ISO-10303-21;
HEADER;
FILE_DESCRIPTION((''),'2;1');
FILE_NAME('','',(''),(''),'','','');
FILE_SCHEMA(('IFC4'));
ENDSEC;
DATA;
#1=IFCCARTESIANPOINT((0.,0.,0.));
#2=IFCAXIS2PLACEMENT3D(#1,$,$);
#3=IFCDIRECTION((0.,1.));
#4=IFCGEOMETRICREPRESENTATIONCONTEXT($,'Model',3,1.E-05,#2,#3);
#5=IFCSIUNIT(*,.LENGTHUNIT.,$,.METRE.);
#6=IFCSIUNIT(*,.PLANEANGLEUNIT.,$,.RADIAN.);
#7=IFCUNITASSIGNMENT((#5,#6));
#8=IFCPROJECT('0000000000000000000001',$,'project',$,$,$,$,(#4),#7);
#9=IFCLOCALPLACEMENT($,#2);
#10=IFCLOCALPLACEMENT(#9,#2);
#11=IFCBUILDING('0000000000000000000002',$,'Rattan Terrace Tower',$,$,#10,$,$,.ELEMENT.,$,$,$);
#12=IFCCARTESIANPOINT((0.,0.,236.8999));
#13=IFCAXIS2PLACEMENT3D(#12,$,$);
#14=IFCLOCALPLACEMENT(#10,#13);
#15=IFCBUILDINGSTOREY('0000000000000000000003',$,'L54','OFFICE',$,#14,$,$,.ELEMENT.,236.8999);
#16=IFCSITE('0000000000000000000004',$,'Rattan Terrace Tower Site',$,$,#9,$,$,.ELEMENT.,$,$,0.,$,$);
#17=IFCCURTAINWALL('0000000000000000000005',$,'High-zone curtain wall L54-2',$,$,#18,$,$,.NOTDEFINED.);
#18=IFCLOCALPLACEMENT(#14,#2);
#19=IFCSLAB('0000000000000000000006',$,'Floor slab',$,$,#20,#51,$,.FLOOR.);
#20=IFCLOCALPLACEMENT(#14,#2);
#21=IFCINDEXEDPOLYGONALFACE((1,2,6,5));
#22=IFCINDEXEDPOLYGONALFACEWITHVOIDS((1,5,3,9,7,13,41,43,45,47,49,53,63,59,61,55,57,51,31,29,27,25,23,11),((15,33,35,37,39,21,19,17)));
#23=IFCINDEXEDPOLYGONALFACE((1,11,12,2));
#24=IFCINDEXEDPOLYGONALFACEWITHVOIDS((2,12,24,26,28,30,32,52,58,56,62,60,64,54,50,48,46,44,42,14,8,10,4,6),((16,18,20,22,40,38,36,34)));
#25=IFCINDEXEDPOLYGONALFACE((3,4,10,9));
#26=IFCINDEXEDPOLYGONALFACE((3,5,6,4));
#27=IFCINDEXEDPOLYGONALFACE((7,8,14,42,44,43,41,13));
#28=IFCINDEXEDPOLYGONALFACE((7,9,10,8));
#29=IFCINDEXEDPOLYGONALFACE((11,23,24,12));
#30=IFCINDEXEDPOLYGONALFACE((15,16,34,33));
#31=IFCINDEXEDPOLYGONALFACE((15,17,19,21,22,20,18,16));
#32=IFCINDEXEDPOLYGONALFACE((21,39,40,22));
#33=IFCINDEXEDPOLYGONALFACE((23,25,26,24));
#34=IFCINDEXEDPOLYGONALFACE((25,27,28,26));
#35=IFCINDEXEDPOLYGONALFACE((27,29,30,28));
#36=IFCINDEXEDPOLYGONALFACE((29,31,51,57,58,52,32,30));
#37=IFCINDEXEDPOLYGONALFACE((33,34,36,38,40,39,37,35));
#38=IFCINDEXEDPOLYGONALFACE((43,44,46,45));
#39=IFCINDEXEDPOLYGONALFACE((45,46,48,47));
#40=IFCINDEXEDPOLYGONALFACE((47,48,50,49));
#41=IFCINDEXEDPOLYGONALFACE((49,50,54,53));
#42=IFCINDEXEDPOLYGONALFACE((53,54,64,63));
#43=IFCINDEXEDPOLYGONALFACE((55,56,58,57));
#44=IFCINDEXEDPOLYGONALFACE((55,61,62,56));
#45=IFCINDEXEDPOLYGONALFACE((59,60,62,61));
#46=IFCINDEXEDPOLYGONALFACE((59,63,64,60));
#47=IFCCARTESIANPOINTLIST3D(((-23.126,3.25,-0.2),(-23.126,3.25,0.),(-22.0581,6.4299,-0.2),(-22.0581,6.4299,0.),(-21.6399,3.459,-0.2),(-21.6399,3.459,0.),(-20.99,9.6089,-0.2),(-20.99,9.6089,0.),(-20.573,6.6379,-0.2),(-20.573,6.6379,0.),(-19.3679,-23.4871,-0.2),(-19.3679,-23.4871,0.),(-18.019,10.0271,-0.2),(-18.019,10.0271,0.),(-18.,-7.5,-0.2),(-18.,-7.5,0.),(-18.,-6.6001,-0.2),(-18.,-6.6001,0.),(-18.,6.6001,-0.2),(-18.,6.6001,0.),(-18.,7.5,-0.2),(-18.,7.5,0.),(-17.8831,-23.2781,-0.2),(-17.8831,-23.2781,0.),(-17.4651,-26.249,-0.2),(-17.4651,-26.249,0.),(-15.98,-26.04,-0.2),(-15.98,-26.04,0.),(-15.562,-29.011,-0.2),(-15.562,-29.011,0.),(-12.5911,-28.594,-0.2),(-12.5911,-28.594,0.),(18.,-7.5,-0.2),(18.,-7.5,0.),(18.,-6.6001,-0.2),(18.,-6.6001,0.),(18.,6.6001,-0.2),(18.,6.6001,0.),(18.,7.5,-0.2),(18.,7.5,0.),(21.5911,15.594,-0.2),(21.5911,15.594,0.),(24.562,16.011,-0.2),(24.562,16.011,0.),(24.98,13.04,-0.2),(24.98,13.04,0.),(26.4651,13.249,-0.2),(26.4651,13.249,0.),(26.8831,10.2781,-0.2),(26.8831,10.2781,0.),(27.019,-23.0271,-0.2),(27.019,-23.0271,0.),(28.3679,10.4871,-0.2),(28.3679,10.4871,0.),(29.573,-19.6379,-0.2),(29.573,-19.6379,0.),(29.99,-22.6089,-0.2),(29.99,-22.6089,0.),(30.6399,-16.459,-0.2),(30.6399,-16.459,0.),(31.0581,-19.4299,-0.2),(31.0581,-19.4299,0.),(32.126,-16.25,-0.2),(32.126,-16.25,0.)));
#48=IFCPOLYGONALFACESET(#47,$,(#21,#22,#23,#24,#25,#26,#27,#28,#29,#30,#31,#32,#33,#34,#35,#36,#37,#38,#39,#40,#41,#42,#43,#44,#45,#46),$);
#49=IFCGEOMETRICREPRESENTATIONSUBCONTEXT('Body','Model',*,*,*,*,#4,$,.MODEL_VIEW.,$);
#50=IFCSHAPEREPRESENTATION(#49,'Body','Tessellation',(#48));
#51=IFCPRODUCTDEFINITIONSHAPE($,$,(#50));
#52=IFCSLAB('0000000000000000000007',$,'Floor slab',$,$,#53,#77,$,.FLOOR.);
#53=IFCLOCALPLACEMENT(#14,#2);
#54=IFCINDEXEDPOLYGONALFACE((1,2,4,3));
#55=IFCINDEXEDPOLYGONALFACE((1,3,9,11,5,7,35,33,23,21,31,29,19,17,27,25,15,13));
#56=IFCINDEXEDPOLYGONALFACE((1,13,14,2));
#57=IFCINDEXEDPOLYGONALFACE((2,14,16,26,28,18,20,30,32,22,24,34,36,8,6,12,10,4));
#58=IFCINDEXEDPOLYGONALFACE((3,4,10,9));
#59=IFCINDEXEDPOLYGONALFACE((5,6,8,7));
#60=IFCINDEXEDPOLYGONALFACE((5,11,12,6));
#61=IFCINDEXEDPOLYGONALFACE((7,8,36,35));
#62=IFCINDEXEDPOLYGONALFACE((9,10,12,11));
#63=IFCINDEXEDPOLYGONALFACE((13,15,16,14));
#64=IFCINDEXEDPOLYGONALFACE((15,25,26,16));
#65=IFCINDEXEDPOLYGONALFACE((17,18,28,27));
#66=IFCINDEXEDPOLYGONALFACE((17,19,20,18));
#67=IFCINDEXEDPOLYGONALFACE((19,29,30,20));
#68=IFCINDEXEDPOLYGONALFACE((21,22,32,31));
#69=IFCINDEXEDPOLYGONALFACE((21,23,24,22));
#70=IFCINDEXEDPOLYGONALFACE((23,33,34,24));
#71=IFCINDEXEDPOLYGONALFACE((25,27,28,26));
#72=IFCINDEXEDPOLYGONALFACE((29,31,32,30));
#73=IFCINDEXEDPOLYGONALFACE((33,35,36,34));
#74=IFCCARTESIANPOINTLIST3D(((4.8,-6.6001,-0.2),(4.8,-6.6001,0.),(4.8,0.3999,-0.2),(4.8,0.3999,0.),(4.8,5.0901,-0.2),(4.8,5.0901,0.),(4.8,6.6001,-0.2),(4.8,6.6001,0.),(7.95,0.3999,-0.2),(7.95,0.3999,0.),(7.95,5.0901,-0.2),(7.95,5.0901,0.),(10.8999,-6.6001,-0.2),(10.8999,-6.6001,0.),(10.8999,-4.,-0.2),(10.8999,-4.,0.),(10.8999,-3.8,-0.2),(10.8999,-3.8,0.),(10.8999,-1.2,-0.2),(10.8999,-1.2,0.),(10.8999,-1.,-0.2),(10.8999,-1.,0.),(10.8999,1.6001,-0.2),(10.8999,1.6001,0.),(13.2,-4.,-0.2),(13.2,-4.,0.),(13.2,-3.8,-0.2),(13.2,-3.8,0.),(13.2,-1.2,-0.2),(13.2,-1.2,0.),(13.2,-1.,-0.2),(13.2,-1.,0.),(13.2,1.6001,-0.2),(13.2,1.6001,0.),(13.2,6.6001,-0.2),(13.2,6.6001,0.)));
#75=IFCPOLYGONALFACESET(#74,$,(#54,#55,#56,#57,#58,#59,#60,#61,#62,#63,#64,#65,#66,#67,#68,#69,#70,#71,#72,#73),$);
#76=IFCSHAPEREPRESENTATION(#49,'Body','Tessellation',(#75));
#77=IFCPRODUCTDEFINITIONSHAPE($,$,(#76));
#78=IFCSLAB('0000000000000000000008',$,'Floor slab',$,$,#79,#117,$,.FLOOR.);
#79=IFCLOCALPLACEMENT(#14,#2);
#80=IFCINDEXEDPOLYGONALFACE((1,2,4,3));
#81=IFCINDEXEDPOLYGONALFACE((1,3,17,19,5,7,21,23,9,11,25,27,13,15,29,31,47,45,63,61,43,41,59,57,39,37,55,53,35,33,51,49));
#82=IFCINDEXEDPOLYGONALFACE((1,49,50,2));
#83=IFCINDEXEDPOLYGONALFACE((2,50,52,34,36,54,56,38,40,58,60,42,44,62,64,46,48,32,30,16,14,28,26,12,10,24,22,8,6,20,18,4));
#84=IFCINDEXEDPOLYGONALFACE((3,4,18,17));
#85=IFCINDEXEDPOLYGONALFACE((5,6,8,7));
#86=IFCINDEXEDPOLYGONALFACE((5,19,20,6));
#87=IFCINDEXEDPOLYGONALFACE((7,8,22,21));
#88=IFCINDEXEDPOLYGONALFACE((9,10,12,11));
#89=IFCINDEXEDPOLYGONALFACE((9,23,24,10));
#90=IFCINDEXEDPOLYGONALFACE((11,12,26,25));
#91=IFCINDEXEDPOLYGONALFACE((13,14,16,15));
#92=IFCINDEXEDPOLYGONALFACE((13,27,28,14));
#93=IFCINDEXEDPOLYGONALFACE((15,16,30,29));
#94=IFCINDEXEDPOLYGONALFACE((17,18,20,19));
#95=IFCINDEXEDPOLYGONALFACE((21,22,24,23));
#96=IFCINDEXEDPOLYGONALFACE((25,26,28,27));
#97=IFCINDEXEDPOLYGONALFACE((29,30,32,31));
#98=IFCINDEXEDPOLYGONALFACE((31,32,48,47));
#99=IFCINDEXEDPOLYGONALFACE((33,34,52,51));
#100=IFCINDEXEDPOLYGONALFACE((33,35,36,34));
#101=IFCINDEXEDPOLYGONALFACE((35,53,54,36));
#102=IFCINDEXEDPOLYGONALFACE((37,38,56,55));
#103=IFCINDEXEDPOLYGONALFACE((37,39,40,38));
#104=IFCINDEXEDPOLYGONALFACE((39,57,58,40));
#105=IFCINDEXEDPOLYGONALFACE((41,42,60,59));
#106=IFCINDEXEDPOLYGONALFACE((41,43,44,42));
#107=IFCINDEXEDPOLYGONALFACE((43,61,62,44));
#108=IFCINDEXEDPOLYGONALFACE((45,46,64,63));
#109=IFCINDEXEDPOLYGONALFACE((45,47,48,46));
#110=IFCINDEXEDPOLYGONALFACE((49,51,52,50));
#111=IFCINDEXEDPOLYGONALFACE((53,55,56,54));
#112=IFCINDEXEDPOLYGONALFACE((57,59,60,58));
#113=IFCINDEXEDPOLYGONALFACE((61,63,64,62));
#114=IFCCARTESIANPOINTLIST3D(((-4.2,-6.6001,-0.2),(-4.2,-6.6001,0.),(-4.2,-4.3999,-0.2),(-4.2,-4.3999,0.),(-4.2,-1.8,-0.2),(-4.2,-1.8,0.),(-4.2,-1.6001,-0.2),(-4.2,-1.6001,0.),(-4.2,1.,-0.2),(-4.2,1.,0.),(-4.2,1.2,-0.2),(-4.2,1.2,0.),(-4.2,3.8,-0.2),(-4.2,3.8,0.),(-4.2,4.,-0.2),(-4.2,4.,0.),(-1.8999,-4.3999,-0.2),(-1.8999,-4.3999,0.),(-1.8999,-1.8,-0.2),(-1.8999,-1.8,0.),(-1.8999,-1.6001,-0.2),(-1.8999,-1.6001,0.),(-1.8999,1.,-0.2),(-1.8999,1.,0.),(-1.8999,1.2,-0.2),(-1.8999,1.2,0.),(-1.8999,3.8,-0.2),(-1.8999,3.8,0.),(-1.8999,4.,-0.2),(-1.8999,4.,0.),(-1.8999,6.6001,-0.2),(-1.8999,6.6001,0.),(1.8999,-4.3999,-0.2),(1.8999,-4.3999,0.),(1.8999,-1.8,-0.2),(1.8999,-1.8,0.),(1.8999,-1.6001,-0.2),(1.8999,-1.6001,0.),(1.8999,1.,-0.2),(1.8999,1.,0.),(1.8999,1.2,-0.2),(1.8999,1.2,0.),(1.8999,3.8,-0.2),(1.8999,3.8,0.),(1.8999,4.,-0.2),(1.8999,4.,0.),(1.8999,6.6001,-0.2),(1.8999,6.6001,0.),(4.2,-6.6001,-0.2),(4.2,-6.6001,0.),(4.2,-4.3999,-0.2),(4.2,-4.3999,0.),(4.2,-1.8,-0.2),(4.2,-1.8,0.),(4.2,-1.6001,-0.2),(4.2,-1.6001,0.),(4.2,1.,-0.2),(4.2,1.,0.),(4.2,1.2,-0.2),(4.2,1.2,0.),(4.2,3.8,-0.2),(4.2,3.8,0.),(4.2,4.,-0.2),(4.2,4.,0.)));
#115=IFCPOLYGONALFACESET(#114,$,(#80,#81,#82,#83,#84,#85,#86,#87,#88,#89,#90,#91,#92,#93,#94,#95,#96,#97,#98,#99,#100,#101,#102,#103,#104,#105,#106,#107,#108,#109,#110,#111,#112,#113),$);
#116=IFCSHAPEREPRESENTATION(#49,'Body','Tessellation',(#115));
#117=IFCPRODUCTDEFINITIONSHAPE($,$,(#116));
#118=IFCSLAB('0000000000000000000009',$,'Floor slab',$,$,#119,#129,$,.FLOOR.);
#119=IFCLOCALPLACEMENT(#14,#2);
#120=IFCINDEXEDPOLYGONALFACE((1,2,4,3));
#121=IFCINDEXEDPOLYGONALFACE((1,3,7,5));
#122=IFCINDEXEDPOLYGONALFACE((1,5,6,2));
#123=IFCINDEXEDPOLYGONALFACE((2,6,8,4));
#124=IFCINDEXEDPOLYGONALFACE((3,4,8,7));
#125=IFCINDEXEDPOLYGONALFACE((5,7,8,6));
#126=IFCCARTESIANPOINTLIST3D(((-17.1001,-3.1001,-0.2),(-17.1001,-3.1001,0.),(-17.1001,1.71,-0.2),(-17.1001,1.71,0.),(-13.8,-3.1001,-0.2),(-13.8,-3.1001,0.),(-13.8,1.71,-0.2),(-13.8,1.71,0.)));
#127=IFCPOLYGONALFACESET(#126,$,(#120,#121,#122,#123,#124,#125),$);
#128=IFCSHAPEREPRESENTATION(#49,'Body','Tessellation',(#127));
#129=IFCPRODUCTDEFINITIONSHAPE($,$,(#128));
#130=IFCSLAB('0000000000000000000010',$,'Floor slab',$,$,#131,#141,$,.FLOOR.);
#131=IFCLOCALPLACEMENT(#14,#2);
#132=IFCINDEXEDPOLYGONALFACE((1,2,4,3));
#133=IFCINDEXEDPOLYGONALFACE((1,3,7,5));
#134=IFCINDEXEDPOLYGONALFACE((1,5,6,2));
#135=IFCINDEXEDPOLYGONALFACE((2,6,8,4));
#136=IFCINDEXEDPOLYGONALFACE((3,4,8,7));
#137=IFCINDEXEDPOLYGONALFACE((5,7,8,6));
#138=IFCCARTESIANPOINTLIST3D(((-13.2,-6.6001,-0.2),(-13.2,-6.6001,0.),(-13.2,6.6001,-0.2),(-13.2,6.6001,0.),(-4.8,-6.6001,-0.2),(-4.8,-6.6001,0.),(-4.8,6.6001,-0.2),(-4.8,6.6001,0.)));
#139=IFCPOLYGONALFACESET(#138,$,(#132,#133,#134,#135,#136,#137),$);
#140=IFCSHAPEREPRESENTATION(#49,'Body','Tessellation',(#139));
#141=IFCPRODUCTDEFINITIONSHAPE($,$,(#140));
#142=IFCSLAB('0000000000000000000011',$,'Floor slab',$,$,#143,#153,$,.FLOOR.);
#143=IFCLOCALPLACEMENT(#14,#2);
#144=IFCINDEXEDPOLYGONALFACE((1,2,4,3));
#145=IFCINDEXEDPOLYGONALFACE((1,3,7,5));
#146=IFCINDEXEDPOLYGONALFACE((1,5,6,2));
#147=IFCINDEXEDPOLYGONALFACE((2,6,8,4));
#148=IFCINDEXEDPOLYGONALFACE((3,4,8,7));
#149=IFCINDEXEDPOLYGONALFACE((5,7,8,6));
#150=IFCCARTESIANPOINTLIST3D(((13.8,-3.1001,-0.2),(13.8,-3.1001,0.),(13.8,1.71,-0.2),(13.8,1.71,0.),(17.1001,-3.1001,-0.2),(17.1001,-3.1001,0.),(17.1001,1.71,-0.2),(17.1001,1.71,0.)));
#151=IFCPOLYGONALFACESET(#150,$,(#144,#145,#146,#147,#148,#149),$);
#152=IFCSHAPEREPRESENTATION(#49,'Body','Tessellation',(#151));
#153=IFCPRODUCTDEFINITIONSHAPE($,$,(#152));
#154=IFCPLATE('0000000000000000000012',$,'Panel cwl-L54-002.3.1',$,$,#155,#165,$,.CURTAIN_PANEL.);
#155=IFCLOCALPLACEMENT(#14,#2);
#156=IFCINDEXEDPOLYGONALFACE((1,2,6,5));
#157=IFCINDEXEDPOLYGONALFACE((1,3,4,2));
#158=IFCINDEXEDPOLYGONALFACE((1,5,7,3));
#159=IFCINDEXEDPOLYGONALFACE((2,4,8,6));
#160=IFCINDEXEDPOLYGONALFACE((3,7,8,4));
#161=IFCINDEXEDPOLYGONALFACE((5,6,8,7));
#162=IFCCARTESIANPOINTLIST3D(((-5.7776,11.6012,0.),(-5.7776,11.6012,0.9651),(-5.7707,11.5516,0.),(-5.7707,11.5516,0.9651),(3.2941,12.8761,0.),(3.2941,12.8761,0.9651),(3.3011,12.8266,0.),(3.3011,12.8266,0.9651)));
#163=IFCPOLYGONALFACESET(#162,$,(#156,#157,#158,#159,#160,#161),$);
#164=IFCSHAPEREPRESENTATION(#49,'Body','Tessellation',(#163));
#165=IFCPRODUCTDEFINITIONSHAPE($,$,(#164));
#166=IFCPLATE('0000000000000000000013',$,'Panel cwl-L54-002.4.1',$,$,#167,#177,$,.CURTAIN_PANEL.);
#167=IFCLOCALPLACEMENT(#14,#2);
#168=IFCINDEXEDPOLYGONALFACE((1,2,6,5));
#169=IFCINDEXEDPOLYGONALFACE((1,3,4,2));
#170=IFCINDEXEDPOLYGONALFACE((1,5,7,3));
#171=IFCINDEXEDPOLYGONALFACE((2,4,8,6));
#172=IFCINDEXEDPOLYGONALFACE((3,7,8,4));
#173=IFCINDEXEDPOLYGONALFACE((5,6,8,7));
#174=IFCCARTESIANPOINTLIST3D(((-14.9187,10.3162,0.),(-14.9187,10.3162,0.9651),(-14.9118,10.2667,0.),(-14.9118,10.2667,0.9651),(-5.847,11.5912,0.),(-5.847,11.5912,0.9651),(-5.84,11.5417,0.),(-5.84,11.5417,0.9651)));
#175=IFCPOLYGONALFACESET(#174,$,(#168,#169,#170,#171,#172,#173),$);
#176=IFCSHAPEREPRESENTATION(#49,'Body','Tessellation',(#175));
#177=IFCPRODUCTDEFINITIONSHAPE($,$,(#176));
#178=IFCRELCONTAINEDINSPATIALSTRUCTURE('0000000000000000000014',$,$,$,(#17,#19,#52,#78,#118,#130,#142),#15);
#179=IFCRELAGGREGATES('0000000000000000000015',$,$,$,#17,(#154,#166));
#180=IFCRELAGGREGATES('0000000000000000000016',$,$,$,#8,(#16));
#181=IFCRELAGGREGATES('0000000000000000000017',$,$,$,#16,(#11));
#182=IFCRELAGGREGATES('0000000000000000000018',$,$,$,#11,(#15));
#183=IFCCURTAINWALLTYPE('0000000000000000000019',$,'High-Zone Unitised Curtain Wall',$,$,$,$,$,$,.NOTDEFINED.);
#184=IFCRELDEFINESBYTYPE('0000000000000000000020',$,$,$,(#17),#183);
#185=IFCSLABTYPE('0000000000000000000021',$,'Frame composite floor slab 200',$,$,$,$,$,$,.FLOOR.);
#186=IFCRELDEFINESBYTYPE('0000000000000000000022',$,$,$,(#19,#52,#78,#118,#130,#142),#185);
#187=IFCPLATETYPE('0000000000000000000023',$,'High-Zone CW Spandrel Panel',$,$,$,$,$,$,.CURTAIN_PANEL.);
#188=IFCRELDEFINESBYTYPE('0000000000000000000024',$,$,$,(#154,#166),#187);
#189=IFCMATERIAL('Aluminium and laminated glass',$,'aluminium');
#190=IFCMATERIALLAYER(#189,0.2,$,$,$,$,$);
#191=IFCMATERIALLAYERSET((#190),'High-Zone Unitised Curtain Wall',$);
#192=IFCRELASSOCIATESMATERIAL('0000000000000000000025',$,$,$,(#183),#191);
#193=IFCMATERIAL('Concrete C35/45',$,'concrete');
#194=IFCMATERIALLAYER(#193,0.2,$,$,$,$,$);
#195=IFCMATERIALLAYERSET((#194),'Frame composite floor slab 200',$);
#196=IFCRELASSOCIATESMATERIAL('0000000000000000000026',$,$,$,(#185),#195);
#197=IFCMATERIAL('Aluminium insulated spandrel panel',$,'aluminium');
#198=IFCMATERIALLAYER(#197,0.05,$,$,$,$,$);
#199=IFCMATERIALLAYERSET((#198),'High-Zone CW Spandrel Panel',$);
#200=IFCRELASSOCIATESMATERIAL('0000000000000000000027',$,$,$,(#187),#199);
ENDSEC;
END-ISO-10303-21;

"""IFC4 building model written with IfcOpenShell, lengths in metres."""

from ifc_helpers import new_model, si_unit, direction, frame, origin, origin_2d, place, context, subcontext, project, spatial, polyline, rectangle, outline, extrude, material, layer, layer_set, type_object, element, aggregate, save


model = new_model("IFC4")

# Units and contexts
model_context = context("Model", 3, precision=1e-05, world=origin(), true_north=direction((0.0, 1.0)))
body_context = subcontext(model_context, "Body", "Model", "MODEL_VIEW")
ifc_project = project(units=[si_unit("LENGTHUNIT", "METRE"), si_unit("PLANEANGLEUNIT", "RADIAN")], contexts=[model_context])

# Site, building, storey
site_placement = place(None, origin())
site = spatial("IfcSite", under=ifc_project, at=site_placement, Name="Rattan Terrace Tower Site", CompositionType="ELEMENT", RefElevation=0.0)
building_placement = place(site_placement, origin())
building = spatial("IfcBuilding", under=site, at=building_placement, Name="Rattan Terrace Tower", CompositionType="ELEMENT")
storey_placement = place(building_placement, frame((0.0, 0.0, 236.8999)))
storey = spatial("IfcBuildingStorey", under=building, at=storey_placement, Name="L54", Description="OFFICE", CompositionType="ELEMENT", Elevation=236.8999)

# Curtain wall
ifc_material_1 = material(Name="Aluminium and laminated glass", Category="aluminium")
ifc_layer_1 = layer(ifc_material_1, 0.2)
ifc_layer_set_1 = layer_set([ifc_layer_1], Name="High-Zone Unitised Curtain Wall")
curtain_wall_type = type_object("IfcCurtainWallType", Name="High-Zone Unitised Curtain Wall", PredefinedType="NOTDEFINED", material=ifc_layer_set_1)
curtain_wall_placement = place(storey_placement, origin())
curtain_wall = element("IfcCurtainWall", 1, at=curtain_wall_placement, inside=storey, type_object=curtain_wall_type, Name="High-zone curtain wall L54-2", PredefinedType="NOTDEFINED")

# Slabs
ifc_material_2 = material(Name="Concrete C35/45", Category="concrete")
ifc_layer_2 = layer(ifc_material_2, 0.2)
ifc_layer_set_2 = layer_set([ifc_layer_2], Name="Frame composite floor slab 200")
slab_type_1 = type_object("IfcSlabType", Name="Frame composite floor slab 200", PredefinedType="FLOOR", material=ifc_layer_set_2)
slab_1_placement = place(storey_placement, frame((0.0, 0.0, -0.2)))
element("IfcSlab", 2, at=slab_1_placement, inside=storey, type_object=slab_type_1, Name="Floor slab", PredefinedType="FLOOR", context=body_context, shape_type="SweptSolid", body=[
    extrude(outline(polyline([(-12.5911, -28.594), (27.019, -23.0271), (29.99, -22.6089), (29.573, -19.6379), (31.0581, -19.4299), (30.6399, -16.459), (32.126, -16.25), (28.3679, 10.4871), (26.8831, 10.2781), (26.4651, 13.249), (24.98, 13.04), (24.562, 16.011), (21.5911, 15.594), (-18.019, 10.0271), (-20.99, 9.6089), (-20.573, 6.6379), (-22.0581, 6.4299), (-21.6399, 3.459), (-23.126, 3.25), (-19.3679, -23.4871), (-17.8831, -23.2781), (-17.4651, -26.249), (-15.98, -26.04), (-15.562, -29.011), (-12.5911, -28.594)]), holes=[polyline([(-18.0, -7.5), (18.0, -7.5), (18.0, -6.6001), (18.0, 6.6001), (18.0, 7.5), (-18.0, 7.5), (-18.0, 6.6001), (-18.0, -6.6001), (-18.0, -7.5)])]), origin(), (0.0, 0.0, 1.0), 0.2),
])
slab_2_placement = place(storey_placement, frame((0.0, 0.0, -0.2)))
element("IfcSlab", 3, at=slab_2_placement, inside=storey, type_object=slab_type_1, Name="Floor slab", PredefinedType="FLOOR", context=body_context, shape_type="SweptSolid", body=[
    extrude(outline(polyline([(13.2, 6.6001), (4.8, 6.6001), (4.8, 5.0901), (7.95, 5.0901), (7.95, 0.3999), (4.8, 0.3999), (4.8, -6.6001), (10.8999, -6.6001), (10.8999, -4.0), (13.2, -4.0), (13.2, -3.8), (10.8999, -3.8), (10.8999, -1.2), (13.2, -1.2), (13.2, -1.0), (10.8999, -1.0), (10.8999, 1.6001), (13.2, 1.6001), (13.2, 6.6001)])), origin(), (0.0, 0.0, 1.0), 0.2),
])
slab_3_placement = place(storey_placement, frame((0.0, 0.0, -0.2)))
element("IfcSlab", 4, at=slab_3_placement, inside=storey, type_object=slab_type_1, Name="Floor slab", PredefinedType="FLOOR", context=body_context, shape_type="SweptSolid", body=[
    extrude(outline(polyline([(1.8999, 6.6001), (-1.8999, 6.6001), (-1.8999, 4.0), (-4.2, 4.0), (-4.2, 3.8), (-1.8999, 3.8), (-1.8999, 1.2), (-4.2, 1.2), (-4.2, 1.0), (-1.8999, 1.0), (-1.8999, -1.6001), (-4.2, -1.6001), (-4.2, -1.8), (-1.8999, -1.8), (-1.8999, -4.3999), (-4.2, -4.3999), (-4.2, -6.6001), (4.2, -6.6001), (4.2, -4.3999), (1.8999, -4.3999), (1.8999, -1.8), (4.2, -1.8), (4.2, -1.6001), (1.8999, -1.6001), (1.8999, 1.0), (4.2, 1.0), (4.2, 1.2), (1.8999, 1.2), (1.8999, 3.8), (4.2, 3.8), (4.2, 4.0), (1.8999, 4.0), (1.8999, 6.6001)])), origin(), (0.0, 0.0, 1.0), 0.2),
])
slab_4_placement = place(storey_placement, frame((0.0, 0.0, -0.2)))
element("IfcSlab", 5, at=slab_4_placement, inside=storey, type_object=slab_type_1, Name="Floor slab", PredefinedType="FLOOR", context=body_context, shape_type="SweptSolid", body=[
    extrude(outline(polyline([(-17.1001, -3.1001), (-13.8, -3.1001), (-13.8, 1.71), (-17.1001, 1.71), (-17.1001, -3.1001)])), origin(), (0.0, 0.0, 1.0), 0.2),
])
slab_5_placement = place(storey_placement, frame((0.0, 0.0, -0.2)))
element("IfcSlab", 6, at=slab_5_placement, inside=storey, type_object=slab_type_1, Name="Floor slab", PredefinedType="FLOOR", context=body_context, shape_type="SweptSolid", body=[
    extrude(outline(polyline([(-4.8, -6.6001), (-4.8, 6.6001), (-13.2, 6.6001), (-13.2, -6.6001), (-4.8, -6.6001)])), origin(), (0.0, 0.0, 1.0), 0.2),
])
slab_6_placement = place(storey_placement, frame((0.0, 0.0, -0.2)))
element("IfcSlab", 7, at=slab_6_placement, inside=storey, type_object=slab_type_1, Name="Floor slab", PredefinedType="FLOOR", context=body_context, shape_type="SweptSolid", body=[
    extrude(outline(polyline([(13.8, -3.1001), (17.1001, -3.1001), (17.1001, 1.71), (13.8, 1.71), (13.8, -3.1001)])), origin(), (0.0, 0.0, 1.0), 0.2),
])

# Plates
ifc_material_3 = material(Name="Aluminium insulated spandrel panel", Category="aluminium")
ifc_layer_3 = layer(ifc_material_3, 0.05)
ifc_layer_set_3 = layer_set([ifc_layer_3], Name="High-Zone CW Spandrel Panel")
plate_type_1 = type_object("IfcPlateType", Name="High-Zone CW Spandrel Panel", PredefinedType="CURTAIN_PANEL", material=ifc_layer_set_3)
plate_1_placement = place(storey_placement, frame((-1.2383, 12.2139, 0.0), z_axis=(0.0, 0.0, 1.0), x_axis=(-0.990267, -0.139177, 0.0)))
plate_1 = element("IfcPlate", 8, at=plate_1_placement, type_object=plate_type_1, Name="Panel cwl-L54-002.3.1", PredefinedType="CURTAIN_PANEL", context=body_context, shape_type="SweptSolid", body=[
    extrude(rectangle(XDim=9.1609, YDim=0.05, at=origin_2d()), origin(), (0.0, 0.0, 1.0), 0.9651),
])
plate_2_placement = place(storey_placement, frame((-10.3794, 10.929, 0.0), z_axis=(0.0, 0.0, 1.0), x_axis=(-0.990267, -0.139177, 0.0)))
plate_2 = element("IfcPlate", 9, at=plate_2_placement, type_object=plate_type_1, Name="Panel cwl-L54-002.4.1", PredefinedType="CURTAIN_PANEL", context=body_context, shape_type="SweptSolid", body=[
    extrude(rectangle(XDim=9.1609, YDim=0.05, at=origin_2d()), origin(), (0.0, 0.0, 1.0), 0.9651),
])
aggregate(curtain_wall, [plate_1, plate_2])

save(model, "model.ifc")
